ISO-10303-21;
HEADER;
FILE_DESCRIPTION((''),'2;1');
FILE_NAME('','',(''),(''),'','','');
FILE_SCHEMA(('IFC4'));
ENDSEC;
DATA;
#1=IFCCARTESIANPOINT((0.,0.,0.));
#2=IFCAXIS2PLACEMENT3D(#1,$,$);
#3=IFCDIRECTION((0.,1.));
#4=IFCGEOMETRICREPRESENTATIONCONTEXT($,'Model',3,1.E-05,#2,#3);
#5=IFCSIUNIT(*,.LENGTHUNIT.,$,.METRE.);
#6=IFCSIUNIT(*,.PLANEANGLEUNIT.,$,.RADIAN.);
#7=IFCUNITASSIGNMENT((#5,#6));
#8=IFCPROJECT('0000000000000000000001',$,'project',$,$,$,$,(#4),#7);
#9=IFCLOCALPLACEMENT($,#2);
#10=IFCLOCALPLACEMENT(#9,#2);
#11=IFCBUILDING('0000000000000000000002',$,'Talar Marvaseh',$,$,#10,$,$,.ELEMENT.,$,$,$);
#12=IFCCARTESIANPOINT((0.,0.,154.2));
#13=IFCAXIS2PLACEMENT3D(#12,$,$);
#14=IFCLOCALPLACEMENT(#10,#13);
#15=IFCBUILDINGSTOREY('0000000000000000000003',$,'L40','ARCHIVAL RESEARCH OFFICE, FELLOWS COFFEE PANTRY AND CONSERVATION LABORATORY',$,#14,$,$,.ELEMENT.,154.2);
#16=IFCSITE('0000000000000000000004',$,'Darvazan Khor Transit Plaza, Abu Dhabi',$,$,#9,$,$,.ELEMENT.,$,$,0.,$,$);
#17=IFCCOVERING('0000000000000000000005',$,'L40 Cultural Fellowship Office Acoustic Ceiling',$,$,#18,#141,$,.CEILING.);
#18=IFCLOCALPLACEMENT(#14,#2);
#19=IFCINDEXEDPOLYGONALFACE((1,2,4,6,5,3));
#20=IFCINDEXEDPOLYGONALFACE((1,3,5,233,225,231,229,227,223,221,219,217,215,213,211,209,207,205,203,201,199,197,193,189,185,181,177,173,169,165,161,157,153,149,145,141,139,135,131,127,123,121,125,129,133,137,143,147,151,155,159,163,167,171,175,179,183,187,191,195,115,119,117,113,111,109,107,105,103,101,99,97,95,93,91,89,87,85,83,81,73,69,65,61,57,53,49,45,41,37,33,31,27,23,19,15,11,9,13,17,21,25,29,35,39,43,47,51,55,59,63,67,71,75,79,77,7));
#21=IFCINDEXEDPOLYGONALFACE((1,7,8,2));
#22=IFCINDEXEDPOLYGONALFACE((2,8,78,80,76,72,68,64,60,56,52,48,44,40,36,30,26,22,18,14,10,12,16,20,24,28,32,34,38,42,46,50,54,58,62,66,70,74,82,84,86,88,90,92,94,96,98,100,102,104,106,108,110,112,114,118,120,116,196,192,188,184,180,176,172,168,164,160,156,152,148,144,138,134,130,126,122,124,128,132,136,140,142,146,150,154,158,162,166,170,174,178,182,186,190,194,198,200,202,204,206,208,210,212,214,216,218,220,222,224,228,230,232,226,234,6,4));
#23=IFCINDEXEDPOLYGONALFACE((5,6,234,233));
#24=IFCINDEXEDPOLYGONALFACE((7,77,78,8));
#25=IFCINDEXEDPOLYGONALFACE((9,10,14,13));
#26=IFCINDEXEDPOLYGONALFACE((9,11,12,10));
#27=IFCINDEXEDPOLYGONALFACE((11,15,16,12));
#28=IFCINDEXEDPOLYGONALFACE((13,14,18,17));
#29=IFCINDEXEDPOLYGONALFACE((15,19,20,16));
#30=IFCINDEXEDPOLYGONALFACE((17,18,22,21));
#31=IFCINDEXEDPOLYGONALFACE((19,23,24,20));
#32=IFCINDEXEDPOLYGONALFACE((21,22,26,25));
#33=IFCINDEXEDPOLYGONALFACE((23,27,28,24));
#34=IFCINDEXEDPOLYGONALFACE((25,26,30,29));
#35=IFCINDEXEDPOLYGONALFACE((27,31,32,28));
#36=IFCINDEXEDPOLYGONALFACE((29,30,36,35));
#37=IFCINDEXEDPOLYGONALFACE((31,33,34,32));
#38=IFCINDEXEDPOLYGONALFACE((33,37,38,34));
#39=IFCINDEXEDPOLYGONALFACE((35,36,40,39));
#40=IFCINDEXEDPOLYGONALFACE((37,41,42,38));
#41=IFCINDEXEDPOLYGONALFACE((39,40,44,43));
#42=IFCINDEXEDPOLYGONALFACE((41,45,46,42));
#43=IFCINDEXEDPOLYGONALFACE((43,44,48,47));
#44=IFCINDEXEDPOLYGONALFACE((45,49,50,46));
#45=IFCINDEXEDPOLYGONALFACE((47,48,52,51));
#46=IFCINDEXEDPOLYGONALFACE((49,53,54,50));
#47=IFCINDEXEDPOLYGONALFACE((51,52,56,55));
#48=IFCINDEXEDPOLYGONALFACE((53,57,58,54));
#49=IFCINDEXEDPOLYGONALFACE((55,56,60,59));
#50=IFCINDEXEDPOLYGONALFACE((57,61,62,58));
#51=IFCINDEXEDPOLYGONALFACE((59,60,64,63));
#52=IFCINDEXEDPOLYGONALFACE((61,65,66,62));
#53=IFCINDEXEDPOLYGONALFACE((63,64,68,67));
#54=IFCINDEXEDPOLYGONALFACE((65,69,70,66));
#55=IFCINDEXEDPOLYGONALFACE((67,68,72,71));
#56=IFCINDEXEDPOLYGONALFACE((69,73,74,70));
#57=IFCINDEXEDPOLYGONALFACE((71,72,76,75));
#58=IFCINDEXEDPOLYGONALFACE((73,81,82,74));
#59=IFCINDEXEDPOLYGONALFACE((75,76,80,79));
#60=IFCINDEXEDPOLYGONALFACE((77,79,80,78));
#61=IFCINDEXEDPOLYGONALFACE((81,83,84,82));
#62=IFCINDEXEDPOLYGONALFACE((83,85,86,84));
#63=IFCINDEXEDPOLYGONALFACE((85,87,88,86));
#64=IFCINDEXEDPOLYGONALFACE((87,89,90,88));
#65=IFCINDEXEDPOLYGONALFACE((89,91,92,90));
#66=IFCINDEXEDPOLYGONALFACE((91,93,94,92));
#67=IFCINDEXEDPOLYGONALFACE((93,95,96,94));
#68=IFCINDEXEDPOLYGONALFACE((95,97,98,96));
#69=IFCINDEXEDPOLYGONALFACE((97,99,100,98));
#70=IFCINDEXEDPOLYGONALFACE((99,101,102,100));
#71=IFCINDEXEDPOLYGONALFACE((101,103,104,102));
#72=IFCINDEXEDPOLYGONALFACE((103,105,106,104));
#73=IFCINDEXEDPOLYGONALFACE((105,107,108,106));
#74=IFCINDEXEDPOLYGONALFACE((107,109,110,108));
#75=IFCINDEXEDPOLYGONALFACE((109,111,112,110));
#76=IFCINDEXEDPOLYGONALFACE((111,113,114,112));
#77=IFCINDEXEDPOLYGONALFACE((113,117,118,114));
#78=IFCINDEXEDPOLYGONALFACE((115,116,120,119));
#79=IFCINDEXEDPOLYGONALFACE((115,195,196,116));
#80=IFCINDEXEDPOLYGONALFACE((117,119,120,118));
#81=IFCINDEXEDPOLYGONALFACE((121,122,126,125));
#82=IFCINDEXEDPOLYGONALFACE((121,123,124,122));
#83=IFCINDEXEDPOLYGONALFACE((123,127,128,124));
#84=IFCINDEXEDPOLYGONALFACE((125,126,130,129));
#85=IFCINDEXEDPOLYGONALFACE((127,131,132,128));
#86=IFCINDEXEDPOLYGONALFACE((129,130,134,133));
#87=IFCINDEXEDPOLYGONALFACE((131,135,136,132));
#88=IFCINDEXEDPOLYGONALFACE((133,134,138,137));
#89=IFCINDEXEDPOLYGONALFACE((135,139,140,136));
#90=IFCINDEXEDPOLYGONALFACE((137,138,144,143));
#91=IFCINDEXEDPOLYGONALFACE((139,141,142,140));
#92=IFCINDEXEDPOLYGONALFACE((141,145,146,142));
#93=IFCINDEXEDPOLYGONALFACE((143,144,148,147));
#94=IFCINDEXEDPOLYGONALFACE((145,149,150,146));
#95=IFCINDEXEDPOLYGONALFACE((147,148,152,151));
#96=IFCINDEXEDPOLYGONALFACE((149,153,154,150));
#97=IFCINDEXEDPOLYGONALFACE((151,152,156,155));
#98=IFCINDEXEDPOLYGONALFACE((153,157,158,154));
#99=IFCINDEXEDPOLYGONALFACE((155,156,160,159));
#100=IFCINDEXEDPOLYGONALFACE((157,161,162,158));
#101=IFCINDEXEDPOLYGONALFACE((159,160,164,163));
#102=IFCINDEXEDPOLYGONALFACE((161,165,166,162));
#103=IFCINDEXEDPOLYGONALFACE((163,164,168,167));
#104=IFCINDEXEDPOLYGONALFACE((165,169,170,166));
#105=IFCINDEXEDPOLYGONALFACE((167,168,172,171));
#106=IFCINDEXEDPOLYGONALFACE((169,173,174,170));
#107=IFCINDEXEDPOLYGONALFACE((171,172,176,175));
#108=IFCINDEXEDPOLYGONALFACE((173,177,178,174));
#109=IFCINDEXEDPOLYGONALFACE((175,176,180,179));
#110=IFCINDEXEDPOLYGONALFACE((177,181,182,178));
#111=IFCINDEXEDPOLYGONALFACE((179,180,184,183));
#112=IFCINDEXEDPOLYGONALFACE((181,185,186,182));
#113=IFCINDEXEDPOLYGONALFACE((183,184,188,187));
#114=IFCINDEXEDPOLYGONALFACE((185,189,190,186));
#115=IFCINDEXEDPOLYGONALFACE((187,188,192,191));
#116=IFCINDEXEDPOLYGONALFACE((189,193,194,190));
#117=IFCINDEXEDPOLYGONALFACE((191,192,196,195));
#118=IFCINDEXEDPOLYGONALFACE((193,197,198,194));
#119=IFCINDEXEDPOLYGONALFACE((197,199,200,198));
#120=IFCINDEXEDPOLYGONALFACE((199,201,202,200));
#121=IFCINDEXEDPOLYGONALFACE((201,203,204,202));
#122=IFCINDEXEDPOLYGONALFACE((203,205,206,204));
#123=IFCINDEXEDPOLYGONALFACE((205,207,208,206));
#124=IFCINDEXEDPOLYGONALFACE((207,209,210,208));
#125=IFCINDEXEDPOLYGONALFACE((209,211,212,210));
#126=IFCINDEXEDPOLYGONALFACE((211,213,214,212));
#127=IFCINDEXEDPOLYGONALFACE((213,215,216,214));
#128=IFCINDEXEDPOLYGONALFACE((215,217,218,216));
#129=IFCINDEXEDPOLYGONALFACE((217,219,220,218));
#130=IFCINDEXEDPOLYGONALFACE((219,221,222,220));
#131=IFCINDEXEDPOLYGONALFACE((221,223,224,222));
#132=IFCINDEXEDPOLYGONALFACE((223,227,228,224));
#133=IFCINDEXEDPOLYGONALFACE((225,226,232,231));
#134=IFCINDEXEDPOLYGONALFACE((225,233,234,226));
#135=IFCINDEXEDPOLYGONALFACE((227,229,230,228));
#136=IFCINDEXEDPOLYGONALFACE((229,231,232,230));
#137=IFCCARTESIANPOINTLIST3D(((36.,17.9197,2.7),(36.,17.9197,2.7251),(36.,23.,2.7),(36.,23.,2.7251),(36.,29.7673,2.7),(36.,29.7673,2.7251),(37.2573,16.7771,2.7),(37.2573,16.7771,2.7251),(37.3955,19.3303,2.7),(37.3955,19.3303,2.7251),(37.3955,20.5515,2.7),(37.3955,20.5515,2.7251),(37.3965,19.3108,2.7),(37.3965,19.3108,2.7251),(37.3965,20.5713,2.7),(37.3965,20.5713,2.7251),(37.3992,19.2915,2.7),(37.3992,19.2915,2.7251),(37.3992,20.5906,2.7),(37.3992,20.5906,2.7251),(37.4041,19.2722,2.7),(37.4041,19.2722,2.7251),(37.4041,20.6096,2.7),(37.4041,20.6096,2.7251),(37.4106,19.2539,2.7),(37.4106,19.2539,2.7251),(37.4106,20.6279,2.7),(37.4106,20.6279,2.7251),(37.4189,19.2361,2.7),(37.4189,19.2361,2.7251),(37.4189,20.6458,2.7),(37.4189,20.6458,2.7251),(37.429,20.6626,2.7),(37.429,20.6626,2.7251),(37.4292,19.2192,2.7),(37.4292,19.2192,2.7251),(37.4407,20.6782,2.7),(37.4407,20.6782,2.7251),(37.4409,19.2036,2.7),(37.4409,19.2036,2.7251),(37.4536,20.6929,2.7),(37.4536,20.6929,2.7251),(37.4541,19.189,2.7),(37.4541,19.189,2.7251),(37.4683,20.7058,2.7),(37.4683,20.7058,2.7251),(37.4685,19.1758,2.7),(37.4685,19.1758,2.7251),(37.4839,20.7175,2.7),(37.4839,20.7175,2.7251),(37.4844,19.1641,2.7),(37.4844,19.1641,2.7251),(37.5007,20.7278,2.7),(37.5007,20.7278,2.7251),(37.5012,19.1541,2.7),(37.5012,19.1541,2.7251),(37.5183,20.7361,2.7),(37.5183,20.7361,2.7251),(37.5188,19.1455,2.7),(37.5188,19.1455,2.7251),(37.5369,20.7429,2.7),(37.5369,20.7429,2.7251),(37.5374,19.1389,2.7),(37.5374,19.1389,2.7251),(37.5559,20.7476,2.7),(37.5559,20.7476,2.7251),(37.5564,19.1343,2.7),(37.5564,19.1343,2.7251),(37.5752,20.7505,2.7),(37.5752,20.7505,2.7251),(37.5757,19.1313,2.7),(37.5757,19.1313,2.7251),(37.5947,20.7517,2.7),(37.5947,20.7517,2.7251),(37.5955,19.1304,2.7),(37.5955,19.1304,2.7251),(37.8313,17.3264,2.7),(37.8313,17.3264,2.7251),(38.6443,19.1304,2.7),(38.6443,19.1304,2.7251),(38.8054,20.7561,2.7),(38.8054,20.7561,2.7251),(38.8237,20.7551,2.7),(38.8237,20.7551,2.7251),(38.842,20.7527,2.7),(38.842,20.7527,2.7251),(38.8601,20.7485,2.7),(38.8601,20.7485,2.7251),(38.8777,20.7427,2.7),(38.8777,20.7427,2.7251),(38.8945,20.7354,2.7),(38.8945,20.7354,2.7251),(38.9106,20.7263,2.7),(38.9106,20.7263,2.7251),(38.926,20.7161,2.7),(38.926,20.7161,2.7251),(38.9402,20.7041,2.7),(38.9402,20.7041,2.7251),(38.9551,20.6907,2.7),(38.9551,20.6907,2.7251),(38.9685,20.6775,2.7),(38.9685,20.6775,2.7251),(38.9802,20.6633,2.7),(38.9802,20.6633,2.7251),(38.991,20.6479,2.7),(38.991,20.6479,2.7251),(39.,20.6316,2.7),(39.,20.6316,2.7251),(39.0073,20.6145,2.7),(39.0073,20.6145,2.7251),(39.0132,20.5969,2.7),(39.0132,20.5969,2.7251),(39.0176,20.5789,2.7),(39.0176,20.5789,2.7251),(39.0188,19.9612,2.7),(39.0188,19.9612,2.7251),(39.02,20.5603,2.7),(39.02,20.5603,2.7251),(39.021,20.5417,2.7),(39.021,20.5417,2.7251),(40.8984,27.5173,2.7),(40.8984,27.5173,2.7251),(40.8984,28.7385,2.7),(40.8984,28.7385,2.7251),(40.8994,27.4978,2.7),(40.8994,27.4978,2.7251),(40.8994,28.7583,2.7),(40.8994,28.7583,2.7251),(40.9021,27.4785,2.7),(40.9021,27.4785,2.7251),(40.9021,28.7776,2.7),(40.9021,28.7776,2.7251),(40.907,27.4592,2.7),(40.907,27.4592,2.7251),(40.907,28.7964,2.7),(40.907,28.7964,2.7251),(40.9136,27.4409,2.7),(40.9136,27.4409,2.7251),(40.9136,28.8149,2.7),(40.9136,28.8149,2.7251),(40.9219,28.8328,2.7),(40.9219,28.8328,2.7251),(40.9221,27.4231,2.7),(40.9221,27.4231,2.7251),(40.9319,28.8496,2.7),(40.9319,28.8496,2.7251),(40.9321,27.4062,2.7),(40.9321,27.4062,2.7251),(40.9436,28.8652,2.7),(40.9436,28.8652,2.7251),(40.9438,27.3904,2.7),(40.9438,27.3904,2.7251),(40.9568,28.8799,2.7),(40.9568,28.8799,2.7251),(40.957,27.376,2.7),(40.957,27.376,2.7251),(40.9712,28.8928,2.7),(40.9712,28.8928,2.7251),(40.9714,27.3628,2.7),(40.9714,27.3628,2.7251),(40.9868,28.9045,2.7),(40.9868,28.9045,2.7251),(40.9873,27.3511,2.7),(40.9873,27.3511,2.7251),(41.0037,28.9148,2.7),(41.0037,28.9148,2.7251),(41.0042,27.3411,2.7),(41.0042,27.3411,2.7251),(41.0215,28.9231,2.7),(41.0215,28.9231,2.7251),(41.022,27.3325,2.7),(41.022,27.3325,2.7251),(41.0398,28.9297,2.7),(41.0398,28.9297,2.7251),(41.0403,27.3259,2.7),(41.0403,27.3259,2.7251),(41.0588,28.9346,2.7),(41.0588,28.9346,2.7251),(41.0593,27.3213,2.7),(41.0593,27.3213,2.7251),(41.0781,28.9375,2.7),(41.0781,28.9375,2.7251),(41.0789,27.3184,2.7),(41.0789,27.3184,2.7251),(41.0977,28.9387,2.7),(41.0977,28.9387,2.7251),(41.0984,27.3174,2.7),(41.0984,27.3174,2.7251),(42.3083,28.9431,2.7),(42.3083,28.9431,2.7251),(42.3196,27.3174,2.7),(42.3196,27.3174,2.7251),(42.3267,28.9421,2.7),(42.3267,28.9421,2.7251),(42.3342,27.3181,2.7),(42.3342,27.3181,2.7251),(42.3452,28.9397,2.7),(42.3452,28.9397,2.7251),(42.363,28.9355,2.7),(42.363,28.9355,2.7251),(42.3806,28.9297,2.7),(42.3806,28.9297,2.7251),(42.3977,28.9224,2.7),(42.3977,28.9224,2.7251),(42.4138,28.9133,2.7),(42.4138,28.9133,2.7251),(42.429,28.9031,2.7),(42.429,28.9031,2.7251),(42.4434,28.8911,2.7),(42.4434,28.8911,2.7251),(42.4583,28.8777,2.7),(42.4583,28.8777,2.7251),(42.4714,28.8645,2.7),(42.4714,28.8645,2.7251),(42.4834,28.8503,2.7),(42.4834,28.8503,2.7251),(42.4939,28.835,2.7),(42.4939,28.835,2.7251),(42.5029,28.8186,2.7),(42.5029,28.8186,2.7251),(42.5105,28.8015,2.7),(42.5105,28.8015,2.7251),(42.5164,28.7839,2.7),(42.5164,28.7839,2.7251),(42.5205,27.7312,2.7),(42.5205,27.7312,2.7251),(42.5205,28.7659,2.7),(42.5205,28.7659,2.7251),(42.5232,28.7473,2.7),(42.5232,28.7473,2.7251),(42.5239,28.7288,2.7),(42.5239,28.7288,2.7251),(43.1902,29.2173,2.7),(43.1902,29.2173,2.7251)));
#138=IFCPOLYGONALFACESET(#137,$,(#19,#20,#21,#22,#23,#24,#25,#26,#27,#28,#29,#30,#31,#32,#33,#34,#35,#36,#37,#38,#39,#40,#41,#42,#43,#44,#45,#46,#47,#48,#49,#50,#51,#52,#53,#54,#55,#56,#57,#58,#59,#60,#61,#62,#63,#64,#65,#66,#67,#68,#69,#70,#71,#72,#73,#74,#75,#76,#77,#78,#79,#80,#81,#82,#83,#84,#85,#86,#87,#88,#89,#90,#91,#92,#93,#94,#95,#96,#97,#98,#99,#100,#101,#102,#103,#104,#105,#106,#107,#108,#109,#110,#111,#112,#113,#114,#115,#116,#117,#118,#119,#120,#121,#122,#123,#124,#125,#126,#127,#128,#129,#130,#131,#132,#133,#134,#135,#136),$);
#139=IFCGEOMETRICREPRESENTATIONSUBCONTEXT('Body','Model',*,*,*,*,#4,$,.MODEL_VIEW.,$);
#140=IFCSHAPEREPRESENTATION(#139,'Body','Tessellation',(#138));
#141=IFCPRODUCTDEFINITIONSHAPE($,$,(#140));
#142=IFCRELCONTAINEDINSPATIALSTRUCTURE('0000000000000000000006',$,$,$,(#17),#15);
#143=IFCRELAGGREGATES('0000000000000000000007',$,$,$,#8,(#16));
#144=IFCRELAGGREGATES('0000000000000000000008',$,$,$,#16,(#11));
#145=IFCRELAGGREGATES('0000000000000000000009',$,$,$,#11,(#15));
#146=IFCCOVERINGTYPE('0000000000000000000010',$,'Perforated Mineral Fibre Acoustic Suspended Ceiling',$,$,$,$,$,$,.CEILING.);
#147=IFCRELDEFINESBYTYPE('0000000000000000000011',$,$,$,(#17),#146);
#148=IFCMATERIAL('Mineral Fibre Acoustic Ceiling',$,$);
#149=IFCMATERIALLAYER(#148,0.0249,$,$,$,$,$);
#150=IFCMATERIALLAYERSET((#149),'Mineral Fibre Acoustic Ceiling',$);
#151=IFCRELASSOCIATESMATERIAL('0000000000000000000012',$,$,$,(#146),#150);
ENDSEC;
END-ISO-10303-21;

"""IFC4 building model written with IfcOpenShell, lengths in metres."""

from ifc_helpers import new_model, si_unit, direction, frame, origin, place, context, subcontext, project, spatial, polyline, outline, extrude, material, layer, layer_set, type_object, element, save


model = new_model("IFC4")

# Units and contexts
model_context = context("Model", 3, precision=1e-05, world=origin(), true_north=direction((0.0, 1.0)))
body_context = subcontext(model_context, "Body", "Model", "MODEL_VIEW")
ifc_project = project(units=[si_unit("LENGTHUNIT", "METRE"), si_unit("PLANEANGLEUNIT", "RADIAN")], contexts=[model_context])

# Site, building, storey
site_placement = place(None, origin())
site = spatial("IfcSite", under=ifc_project, at=site_placement, Name="Darvazan Khor Transit Plaza, Abu Dhabi", CompositionType="ELEMENT", RefElevation=0.0)
building_placement = place(site_placement, origin())
building = spatial("IfcBuilding", under=site, at=building_placement, Name="Talar Marvaseh", CompositionType="ELEMENT")
storey_placement = place(building_placement, frame((0.0, 0.0, 154.2)))
storey = spatial("IfcBuildingStorey", under=building, at=storey_placement, Name="L40", Description="ARCHIVAL RESEARCH OFFICE, FELLOWS COFFEE PANTRY AND CONSERVATION LABORATORY", CompositionType="ELEMENT", Elevation=154.2)

# Covering
ifc_material_1 = material(Name="Mineral Fibre Acoustic Ceiling")
ifc_layer_1 = layer(ifc_material_1, 0.0249)
ifc_layer_set_1 = layer_set([ifc_layer_1], Name="Mineral Fibre Acoustic Ceiling")
covering_type_1 = type_object("IfcCoveringType", Name="Perforated Mineral Fibre Acoustic Suspended Ceiling", PredefinedType="CEILING", material=ifc_layer_set_1)
covering_1_placement = place(storey_placement, frame((0.0, 0.0, 2.7)))
element("IfcCovering", 1, at=covering_1_placement, inside=storey, type_object=covering_type_1, Name="L40 Cultural Fellowship Office Acoustic Ceiling", PredefinedType="CEILING", context=body_context, shape_type="SweptSolid", body=[
    extrude(outline(polyline([(36.0, 23.0), (36.0, 29.7673), (43.1902, 29.2173), (42.5205, 27.7312), (42.5239, 28.7288), (42.5232, 28.7473), (42.5205, 28.7659), (42.5164, 28.7839), (42.5105, 28.8015), (42.5029, 28.8186), (42.4939, 28.835), (42.4834, 28.8503), (42.4714, 28.8645), (42.4583, 28.8777), (42.4434, 28.8911), (42.429, 28.9031), (42.4138, 28.9133), (42.3977, 28.9224), (42.3806, 28.9297), (42.363, 28.9355), (42.3452, 28.9397), (42.3267, 28.9421), (42.3083, 28.9431), (41.0977, 28.9387), (41.0781, 28.9375), (41.0588, 28.9346), (41.0398, 28.9297), (41.0215, 28.9231), (41.0037, 28.9148), (40.9868, 28.9045), (40.9712, 28.8928), (40.9568, 28.8799), (40.9436, 28.8652), (40.9319, 28.8496), (40.9219, 28.8328), (40.9136, 28.8149), (40.907, 28.7964), (40.9021, 28.7776), (40.8994, 28.7583), (40.8984, 28.7385), (40.8984, 27.5173), (40.8994, 27.4978), (40.9021, 27.4785), (40.907, 27.4592), (40.9136, 27.4409), (40.9221, 27.4231), (40.9321, 27.4062), (40.9438, 27.3904), (40.957, 27.376), (40.9714, 27.3628), (40.9873, 27.3511), (41.0042, 27.3411), (41.022, 27.3325), (41.0403, 27.3259), (41.0593, 27.3213), (41.0789, 27.3184), (41.0984, 27.3174), (42.3196, 27.3174), (42.3342, 27.3181), (39.0188, 19.9612), (39.021, 20.5417), (39.02, 20.5603), (39.0176, 20.5789), (39.0132, 20.5969), (39.0073, 20.6145), (39.0, 20.6316), (38.991, 20.6479), (38.9802, 20.6633), (38.9685, 20.6775), (38.9551, 20.6907), (38.9402, 20.7041), (38.926, 20.7161), (38.9106, 20.7263), (38.8945, 20.7354), (38.8777, 20.7427), (38.8601, 20.7485), (38.842, 20.7527), (38.8237, 20.7551), (38.8054, 20.7561), (37.5947, 20.7517), (37.5752, 20.7505), (37.5559, 20.7476), (37.5369, 20.7429), (37.5183, 20.7361), (37.5007, 20.7278), (37.4839, 20.7175), (37.4683, 20.7058), (37.4536, 20.6929), (37.4407, 20.6782), (37.429, 20.6626), (37.4189, 20.6458), (37.4106, 20.6279), (37.4041, 20.6096), (37.3992, 20.5906), (37.3965, 20.5713), (37.3955, 20.5515), (37.3955, 19.3303), (37.3965, 19.3108), (37.3992, 19.2915), (37.4041, 19.2722), (37.4106, 19.2539), (37.4189, 19.2361), (37.4292, 19.2192), (37.4409, 19.2036), (37.4541, 19.189), (37.4685, 19.1758), (37.4844, 19.1641), (37.5012, 19.1541), (37.5188, 19.1455), (37.5374, 19.1389), (37.5564, 19.1343), (37.5757, 19.1313), (37.5955, 19.1304), (38.6443, 19.1304), (37.8313, 17.3264), (37.2573, 16.7771), (36.0, 17.9197), (36.0, 23.0)])), origin(), (0.0, 0.0, 1.0), 0.0251),
])

save(model, "model.ifc")
